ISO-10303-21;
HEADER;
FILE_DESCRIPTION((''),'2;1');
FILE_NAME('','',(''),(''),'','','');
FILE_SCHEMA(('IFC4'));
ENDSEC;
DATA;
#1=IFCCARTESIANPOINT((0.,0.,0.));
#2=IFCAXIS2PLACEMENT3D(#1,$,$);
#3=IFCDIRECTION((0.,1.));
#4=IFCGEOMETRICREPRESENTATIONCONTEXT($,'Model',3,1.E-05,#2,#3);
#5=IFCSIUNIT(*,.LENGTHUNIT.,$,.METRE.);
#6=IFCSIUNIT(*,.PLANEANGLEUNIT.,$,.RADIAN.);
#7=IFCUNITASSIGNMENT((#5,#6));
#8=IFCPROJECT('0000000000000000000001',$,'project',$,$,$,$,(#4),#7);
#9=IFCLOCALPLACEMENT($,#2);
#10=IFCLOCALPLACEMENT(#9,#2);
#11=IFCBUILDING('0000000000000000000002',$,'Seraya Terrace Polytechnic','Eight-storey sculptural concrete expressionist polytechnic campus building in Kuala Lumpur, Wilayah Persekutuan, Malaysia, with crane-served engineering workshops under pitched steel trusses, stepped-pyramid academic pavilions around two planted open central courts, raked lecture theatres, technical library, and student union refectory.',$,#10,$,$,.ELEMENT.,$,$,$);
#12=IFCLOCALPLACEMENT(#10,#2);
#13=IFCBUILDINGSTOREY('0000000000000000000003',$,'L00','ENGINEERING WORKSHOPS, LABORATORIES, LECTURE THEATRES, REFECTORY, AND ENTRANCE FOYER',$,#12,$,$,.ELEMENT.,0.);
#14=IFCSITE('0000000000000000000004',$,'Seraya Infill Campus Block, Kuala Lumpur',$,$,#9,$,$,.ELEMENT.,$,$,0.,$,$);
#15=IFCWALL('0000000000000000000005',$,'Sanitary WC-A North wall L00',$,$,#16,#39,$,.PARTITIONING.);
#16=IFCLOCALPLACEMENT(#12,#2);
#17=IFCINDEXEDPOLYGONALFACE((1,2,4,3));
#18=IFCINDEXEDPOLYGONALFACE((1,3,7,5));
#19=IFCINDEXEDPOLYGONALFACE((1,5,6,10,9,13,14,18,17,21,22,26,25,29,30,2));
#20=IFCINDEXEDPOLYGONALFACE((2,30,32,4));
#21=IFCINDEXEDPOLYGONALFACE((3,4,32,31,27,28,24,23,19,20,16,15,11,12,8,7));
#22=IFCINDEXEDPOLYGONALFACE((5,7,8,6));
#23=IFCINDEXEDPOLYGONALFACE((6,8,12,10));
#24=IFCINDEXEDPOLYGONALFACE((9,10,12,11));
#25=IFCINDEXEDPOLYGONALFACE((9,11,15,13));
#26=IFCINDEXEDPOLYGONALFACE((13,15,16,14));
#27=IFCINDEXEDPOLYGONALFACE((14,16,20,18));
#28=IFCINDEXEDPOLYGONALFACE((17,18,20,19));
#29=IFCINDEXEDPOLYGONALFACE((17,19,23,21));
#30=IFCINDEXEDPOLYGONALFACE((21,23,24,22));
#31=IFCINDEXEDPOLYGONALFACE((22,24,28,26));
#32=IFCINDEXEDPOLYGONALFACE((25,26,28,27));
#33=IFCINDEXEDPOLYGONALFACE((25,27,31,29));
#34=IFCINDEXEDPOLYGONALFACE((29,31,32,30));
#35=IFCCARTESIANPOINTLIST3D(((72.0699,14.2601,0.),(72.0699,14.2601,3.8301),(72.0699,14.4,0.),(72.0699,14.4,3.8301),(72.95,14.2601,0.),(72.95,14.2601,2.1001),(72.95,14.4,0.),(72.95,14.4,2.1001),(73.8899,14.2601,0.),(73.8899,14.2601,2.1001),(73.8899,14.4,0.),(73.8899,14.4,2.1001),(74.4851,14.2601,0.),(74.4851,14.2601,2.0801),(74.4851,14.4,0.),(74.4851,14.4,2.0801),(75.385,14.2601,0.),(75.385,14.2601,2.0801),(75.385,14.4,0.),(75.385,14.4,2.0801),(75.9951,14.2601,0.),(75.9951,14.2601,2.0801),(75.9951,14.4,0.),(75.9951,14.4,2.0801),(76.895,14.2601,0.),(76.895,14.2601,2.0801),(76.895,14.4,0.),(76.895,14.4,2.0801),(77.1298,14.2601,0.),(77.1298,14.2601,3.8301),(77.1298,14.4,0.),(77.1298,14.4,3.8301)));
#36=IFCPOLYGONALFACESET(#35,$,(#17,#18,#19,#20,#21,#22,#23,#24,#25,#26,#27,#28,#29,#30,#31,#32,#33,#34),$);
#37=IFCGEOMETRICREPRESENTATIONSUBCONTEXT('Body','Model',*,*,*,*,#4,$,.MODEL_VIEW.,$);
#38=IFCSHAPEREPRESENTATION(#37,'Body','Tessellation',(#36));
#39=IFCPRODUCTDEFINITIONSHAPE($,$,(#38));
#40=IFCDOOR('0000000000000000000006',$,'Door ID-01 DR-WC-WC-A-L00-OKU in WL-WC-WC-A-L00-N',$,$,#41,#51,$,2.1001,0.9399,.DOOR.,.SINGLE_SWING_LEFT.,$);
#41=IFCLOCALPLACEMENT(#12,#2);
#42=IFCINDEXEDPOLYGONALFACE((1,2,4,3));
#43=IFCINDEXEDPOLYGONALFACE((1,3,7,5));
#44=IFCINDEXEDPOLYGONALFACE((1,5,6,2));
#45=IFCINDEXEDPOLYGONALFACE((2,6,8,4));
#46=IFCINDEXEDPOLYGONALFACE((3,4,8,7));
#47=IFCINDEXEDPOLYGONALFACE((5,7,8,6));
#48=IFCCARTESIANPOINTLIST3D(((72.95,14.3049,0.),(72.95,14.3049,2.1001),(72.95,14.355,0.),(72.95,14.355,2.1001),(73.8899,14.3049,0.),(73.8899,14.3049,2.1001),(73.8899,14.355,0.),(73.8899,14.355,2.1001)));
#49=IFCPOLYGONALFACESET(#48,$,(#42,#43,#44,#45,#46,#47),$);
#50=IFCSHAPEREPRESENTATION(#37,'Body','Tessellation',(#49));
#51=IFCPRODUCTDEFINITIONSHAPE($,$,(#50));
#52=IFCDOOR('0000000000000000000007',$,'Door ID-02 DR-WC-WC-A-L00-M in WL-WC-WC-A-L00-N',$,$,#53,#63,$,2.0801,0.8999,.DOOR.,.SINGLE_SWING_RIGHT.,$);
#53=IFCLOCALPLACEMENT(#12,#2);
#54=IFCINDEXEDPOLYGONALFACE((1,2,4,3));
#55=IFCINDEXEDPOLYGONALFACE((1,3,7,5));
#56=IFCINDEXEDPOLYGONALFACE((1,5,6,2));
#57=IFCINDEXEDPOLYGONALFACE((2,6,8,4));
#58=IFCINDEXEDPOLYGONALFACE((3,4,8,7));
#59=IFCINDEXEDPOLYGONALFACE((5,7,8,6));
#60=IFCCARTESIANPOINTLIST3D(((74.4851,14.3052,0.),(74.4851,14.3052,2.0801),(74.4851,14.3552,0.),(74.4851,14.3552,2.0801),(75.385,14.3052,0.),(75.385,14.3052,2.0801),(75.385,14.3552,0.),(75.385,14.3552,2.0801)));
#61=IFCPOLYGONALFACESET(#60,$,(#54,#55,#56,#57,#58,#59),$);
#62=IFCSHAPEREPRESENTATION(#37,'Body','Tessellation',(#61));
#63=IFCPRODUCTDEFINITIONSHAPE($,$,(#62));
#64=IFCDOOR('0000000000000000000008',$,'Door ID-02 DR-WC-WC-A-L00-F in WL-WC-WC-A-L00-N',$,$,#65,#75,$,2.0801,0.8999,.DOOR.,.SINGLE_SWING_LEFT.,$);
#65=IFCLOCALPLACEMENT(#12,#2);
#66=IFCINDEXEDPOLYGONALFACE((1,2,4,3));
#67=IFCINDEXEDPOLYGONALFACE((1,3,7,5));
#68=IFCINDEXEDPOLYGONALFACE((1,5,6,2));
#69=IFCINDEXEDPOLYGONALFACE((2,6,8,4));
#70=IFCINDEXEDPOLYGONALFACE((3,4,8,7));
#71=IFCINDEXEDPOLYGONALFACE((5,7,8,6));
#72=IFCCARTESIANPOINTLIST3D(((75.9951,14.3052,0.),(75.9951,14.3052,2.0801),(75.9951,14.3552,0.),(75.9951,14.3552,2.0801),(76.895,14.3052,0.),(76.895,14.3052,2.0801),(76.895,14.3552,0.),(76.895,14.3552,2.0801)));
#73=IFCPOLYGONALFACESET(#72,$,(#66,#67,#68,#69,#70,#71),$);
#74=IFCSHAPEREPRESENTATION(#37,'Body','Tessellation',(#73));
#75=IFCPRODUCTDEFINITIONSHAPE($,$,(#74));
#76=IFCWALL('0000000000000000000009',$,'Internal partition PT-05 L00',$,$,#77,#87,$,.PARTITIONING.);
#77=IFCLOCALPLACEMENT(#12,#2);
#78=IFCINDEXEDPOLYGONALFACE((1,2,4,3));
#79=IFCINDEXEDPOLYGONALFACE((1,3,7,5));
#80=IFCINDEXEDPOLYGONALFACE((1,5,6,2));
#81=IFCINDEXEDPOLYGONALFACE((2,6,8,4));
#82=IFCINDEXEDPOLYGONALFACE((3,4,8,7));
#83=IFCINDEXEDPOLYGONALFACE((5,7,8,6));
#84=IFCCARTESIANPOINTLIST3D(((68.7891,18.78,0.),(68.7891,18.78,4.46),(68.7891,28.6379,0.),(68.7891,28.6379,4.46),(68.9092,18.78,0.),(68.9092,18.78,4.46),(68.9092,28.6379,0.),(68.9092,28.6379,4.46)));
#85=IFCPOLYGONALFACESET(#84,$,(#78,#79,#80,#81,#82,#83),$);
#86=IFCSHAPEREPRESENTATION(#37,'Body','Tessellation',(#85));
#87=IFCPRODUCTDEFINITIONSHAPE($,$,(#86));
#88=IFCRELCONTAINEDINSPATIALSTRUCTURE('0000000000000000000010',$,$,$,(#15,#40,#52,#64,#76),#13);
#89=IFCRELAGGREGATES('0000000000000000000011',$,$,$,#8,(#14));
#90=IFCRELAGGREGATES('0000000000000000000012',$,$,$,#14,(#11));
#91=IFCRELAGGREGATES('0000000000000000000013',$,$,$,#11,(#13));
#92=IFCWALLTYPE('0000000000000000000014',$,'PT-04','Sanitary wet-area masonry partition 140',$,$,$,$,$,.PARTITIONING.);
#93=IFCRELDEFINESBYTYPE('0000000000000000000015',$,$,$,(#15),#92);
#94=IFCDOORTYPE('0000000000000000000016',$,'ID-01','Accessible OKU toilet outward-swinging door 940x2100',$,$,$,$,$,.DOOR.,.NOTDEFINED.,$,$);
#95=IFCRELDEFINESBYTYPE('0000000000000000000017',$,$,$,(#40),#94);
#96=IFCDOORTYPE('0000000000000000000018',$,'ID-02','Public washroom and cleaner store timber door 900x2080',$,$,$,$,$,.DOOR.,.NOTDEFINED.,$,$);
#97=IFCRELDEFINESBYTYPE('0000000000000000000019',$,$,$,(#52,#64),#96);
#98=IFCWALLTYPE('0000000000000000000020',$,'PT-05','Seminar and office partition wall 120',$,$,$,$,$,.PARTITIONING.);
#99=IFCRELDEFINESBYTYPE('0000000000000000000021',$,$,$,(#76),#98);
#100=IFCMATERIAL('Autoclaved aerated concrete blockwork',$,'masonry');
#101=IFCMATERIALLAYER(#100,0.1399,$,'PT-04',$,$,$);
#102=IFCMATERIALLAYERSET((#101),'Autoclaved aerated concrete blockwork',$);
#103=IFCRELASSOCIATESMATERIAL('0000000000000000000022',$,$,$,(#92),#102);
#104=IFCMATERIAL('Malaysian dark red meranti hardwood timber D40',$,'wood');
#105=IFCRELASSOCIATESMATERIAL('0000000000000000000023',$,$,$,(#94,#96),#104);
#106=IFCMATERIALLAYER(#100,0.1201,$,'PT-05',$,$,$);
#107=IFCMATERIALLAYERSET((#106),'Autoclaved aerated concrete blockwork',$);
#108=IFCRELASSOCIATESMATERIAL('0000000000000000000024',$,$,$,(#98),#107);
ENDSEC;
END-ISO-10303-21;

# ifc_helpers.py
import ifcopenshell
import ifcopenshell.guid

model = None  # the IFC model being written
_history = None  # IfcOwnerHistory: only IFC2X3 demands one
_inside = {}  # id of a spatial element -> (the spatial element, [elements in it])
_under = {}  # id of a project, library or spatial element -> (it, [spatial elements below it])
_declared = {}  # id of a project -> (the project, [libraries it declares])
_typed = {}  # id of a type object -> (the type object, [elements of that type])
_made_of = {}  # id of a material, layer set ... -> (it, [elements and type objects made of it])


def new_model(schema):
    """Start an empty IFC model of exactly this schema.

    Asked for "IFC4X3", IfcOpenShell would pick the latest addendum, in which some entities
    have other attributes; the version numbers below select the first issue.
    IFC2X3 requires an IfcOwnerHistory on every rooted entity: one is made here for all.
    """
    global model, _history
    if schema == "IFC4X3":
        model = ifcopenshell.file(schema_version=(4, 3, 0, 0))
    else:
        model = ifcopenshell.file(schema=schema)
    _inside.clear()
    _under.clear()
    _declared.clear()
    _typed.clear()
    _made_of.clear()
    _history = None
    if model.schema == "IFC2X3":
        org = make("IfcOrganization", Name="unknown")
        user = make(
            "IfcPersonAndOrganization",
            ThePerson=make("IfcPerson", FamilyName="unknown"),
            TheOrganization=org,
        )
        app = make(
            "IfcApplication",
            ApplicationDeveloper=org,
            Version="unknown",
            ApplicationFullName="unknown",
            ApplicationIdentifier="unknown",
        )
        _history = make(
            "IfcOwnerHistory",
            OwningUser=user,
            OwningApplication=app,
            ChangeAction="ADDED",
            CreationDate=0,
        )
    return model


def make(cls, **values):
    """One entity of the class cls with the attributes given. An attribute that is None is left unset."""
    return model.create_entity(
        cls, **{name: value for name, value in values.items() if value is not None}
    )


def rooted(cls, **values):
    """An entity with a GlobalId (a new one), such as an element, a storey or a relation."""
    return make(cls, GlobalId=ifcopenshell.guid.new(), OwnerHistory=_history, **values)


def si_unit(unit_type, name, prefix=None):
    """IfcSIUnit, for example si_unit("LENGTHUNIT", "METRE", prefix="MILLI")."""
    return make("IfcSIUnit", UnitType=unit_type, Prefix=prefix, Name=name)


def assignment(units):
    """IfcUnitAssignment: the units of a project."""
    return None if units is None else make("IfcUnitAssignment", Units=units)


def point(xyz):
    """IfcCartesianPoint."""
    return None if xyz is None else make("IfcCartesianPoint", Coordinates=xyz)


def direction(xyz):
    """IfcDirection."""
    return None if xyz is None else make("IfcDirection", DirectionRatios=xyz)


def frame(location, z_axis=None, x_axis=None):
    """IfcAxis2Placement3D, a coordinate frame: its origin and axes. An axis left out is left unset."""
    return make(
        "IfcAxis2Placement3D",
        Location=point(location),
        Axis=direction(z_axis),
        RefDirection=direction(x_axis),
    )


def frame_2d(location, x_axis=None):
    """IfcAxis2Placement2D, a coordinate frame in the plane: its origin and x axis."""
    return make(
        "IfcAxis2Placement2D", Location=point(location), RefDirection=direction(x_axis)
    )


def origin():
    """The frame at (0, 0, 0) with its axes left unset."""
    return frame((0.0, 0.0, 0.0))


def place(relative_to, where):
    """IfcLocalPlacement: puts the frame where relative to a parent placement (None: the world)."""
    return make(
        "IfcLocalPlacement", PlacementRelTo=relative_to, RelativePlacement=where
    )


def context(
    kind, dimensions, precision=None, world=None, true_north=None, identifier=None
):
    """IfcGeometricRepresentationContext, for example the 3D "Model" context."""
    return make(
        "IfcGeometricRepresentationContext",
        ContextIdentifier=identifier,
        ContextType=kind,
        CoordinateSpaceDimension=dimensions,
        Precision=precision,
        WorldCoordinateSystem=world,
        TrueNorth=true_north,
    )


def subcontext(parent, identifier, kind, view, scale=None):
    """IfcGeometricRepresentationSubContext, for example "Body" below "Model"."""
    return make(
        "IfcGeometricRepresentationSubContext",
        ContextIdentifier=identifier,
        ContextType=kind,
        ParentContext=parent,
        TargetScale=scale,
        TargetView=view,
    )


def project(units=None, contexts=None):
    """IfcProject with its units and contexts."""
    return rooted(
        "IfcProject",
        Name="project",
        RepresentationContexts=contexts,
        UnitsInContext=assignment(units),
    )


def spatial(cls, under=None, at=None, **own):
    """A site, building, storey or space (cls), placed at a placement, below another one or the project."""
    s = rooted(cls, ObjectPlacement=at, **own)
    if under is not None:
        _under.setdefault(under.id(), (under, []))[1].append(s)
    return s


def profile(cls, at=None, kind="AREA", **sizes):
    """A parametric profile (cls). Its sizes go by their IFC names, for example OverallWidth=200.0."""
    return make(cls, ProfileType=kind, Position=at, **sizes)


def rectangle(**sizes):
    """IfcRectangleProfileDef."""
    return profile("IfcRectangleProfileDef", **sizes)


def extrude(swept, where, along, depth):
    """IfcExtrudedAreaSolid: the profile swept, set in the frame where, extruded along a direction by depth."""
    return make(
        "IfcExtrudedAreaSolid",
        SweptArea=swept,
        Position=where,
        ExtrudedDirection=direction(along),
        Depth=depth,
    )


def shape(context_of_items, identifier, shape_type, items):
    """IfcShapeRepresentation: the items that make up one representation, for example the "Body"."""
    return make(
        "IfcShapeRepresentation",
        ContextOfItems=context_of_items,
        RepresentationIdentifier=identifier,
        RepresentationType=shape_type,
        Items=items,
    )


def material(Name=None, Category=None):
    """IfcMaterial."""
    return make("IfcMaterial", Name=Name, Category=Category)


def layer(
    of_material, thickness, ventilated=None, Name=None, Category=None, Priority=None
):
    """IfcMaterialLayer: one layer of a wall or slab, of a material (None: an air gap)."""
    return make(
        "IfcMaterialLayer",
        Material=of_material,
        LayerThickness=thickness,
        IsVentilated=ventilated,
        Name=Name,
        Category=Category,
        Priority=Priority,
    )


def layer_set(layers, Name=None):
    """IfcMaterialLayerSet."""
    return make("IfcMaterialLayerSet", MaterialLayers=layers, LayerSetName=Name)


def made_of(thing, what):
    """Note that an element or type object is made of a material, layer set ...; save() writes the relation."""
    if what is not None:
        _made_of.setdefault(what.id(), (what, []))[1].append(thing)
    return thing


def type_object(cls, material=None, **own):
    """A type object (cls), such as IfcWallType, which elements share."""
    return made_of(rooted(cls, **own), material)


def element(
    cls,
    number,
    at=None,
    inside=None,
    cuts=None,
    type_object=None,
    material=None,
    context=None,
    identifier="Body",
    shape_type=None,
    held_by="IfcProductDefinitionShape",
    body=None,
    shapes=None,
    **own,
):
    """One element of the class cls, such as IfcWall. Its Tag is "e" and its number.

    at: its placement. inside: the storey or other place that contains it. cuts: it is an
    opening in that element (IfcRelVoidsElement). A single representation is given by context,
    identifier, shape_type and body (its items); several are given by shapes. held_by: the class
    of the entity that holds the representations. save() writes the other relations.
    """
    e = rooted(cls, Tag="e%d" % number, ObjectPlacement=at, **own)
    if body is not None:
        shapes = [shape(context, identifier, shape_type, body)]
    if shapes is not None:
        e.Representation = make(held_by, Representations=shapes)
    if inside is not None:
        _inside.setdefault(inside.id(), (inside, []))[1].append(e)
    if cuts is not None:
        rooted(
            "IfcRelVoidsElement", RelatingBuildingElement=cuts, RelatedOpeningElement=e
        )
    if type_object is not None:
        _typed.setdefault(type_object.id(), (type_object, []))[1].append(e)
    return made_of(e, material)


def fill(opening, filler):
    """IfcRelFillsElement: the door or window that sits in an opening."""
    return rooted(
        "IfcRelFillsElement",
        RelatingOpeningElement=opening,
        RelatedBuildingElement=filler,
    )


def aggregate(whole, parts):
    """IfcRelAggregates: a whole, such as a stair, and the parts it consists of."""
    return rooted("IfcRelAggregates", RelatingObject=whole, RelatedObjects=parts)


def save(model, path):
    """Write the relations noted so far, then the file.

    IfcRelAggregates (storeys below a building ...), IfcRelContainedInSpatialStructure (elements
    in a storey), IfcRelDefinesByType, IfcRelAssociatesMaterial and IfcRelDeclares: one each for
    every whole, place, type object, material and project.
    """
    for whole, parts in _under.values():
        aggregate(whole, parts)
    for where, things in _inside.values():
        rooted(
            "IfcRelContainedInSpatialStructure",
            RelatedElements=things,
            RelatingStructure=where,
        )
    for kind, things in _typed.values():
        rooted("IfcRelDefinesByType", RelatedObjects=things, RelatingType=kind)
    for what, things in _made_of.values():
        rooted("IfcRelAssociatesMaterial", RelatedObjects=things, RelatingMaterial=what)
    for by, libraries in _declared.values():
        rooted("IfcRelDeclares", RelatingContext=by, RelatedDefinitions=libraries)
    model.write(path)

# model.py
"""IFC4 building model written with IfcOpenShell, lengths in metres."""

from ifc_helpers import new_model, si_unit, direction, frame, frame_2d, origin, place, context, subcontext, project, spatial, rectangle, extrude, material, layer, layer_set, type_object, element, fill, save


model = new_model("IFC4")

# Units and contexts
model_context = context("Model", 3, precision=1e-05, world=origin(), true_north=direction((0.0, 1.0)))
body_context = subcontext(model_context, "Body", "Model", "MODEL_VIEW")
ifc_project = project(units=[si_unit("LENGTHUNIT", "METRE"), si_unit("PLANEANGLEUNIT", "RADIAN")], contexts=[model_context])

# Site, building, storey
site_placement = place(None, origin())
site = spatial("IfcSite", under=ifc_project, at=site_placement, Name="Seraya Infill Campus Block, Kuala Lumpur", CompositionType="ELEMENT", RefElevation=0.0)
building_placement = place(site_placement, origin())
building = spatial("IfcBuilding", under=site, at=building_placement, Name="Seraya Terrace Polytechnic", Description="Eight-storey sculptural concrete expressionist polytechnic campus building in Kuala Lumpur, Wilayah Persekutuan, Malaysia, with crane-served engineering workshops under pitched steel trusses, stepped-pyramid academic pavilions around two planted open central courts, raked lecture theatres, technical library, and student union refectory.", CompositionType="ELEMENT")
storey_placement = place(building_placement, origin())
storey = spatial("IfcBuildingStorey", under=building, at=storey_placement, Name="L00", Description="ENGINEERING WORKSHOPS, LABORATORIES, LECTURE THEATRES, REFECTORY, AND ENTRANCE FOYER", CompositionType="ELEMENT", Elevation=0.0)

# Wall, openings, doors
ifc_material_1 = material(Name="Autoclaved aerated concrete blockwork", Category="masonry")
ifc_layer_1 = layer(ifc_material_1, 0.1399, Name="PT-04")
ifc_layer_set_1 = layer_set([ifc_layer_1], Name="Autoclaved aerated concrete blockwork")
wall_type_1 = type_object("IfcWallType", Name="PT-04", Description="Sanitary wet-area masonry partition 140", PredefinedType="PARTITIONING", material=ifc_layer_set_1)
wall_1_placement = place(storey_placement, frame((72.0701, 14.3301, 0.0), z_axis=(0.0, 0.0, 1.0), x_axis=(1.0, 0.0, 0.0)))
wall_1 = element("IfcWall", 1, at=wall_1_placement, inside=storey, type_object=wall_type_1, Name="Sanitary WC-A North wall L00", PredefinedType="PARTITIONING", context=body_context, shape_type="SweptSolid", body=[
    extrude(rectangle(XDim=5.0598, YDim=0.1399, at=frame_2d((2.5298, 0.0))), origin(), (0.0, 0.0, 1.0), 3.8301),
])
opening_1_placement = place(wall_1_placement, frame((0.8799, 0.0, 0.0)))
opening_1 = element("IfcOpeningElement", 2, at=opening_1_placement, cuts=wall_1, PredefinedType="OPENING", context=body_context, shape_type="SweptSolid", body=[
    extrude(rectangle(XDim=0.9399, YDim=2.1001, at=frame_2d((0.47, 1.05))), frame((0.0, 0.082, 0.0), z_axis=(0.0, -1.0, 0.0), x_axis=(1.0, 0.0, 0.0)), (0.0, 0.0, 1.0), 0.1638),
])
opening_2_placement = place(wall_1_placement, frame((2.415, 0.0, 0.0)))
opening_2 = element("IfcOpeningElement", 3, at=opening_2_placement, cuts=wall_1, PredefinedType="OPENING", context=body_context, shape_type="SweptSolid", body=[
    extrude(rectangle(XDim=0.8999, YDim=2.0801, at=frame_2d((0.45, 1.04))), frame((0.0, 0.082, 0.0), z_axis=(0.0, -1.0, 0.0), x_axis=(1.0, 0.0, 0.0)), (0.0, 0.0, 1.0), 0.1638),
])
opening_3_placement = place(wall_1_placement, frame((3.925, 0.0, 0.0)))
opening_3 = element("IfcOpeningElement", 4, at=opening_3_placement, cuts=wall_1, PredefinedType="OPENING", context=body_context, shape_type="SweptSolid", body=[
    extrude(rectangle(XDim=0.8999, YDim=2.0801, at=frame_2d((0.45, 1.04))), frame((0.0, 0.082, 0.0), z_axis=(0.0, -1.0, 0.0), x_axis=(1.0, 0.0, 0.0)), (0.0, 0.0, 1.0), 0.1638),
])
ifc_material_2 = material(Name="Malaysian dark red meranti hardwood timber D40", Category="wood")
door_type_1 = type_object("IfcDoorType", Name="ID-01", Description="Accessible OKU toilet outward-swinging door 940x2100", OperationType="NOTDEFINED", PredefinedType="DOOR", material=ifc_material_2)
door_1_placement = place(opening_1_placement, origin())
door_1 = element("IfcDoor", 5, at=door_1_placement, inside=storey, type_object=door_type_1, Name="Door ID-01 DR-WC-WC-A-L00-OKU in WL-WC-WC-A-L00-N", OperationType="SINGLE_SWING_LEFT", OverallHeight=2.1001, OverallWidth=0.9399, PredefinedType="DOOR", context=body_context, shape_type="SweptSolid", body=[
    extrude(rectangle(XDim=0.9399, YDim=2.1001, at=frame_2d((0.47, 1.05))), frame((0.0, 0.0249, 0.0), z_axis=(0.0, -1.0, 0.0), x_axis=(1.0, 0.0, 0.0)), (0.0, 0.0, 1.0), 0.05),
])
fill(opening_1, door_1)
door_type_2 = type_object("IfcDoorType", Name="ID-02", Description="Public washroom and cleaner store timber door 900x2080", OperationType="NOTDEFINED", PredefinedType="DOOR", material=ifc_material_2)
door_2_placement = place(opening_2_placement, frame((0.8999, 0.0, 0.0), z_axis=(0.0, 0.0, 1.0), x_axis=(-1.0, 0.0, 0.0)))
door_2 = element("IfcDoor", 6, at=door_2_placement, inside=storey, type_object=door_type_2, Name="Door ID-02 DR-WC-WC-A-L00-M in WL-WC-WC-A-L00-N", OperationType="SINGLE_SWING_RIGHT", OverallHeight=2.0801, OverallWidth=0.8999, PredefinedType="DOOR", context=body_context, shape_type="SweptSolid", body=[
    extrude(rectangle(XDim=0.8999, YDim=2.0801, at=frame_2d((0.45, 1.04))), frame((0.0, 0.0249, 0.0), z_axis=(0.0, -1.0, 0.0), x_axis=(1.0, 0.0, 0.0)), (0.0, 0.0, 1.0), 0.05),
])
fill(opening_2, door_2)
door_3_placement = place(opening_3_placement, frame((0.8999, 0.0, 0.0), z_axis=(0.0, 0.0, 1.0), x_axis=(-1.0, 0.0, 0.0)))
door_3 = element("IfcDoor", 7, at=door_3_placement, inside=storey, type_object=door_type_2, Name="Door ID-02 DR-WC-WC-A-L00-F in WL-WC-WC-A-L00-N", OperationType="SINGLE_SWING_LEFT", OverallHeight=2.0801, OverallWidth=0.8999, PredefinedType="DOOR", context=body_context, shape_type="SweptSolid", body=[
    extrude(rectangle(XDim=0.8999, YDim=2.0801, at=frame_2d((0.45, 1.04))), frame((0.0, 0.0249, 0.0), z_axis=(0.0, -1.0, 0.0), x_axis=(1.0, 0.0, 0.0)), (0.0, 0.0, 1.0), 0.05),
])
fill(opening_3, door_3)

# Wall
ifc_layer_2 = layer(ifc_material_1, 0.1201, Name="PT-05")
ifc_layer_set_2 = layer_set([ifc_layer_2], Name="Autoclaved aerated concrete blockwork")
wall_type_2 = type_object("IfcWallType", Name="PT-05", Description="Seminar and office partition wall 120", PredefinedType="PARTITIONING", material=ifc_layer_set_2)
wall_2_placement = place(storey_placement, frame((68.8491, 18.78, 0.0), z_axis=(0.0, 0.0, 1.0), x_axis=(0.0, 1.0, 0.0)))
element("IfcWall", 8, at=wall_2_placement, inside=storey, type_object=wall_type_2, Name="Internal partition PT-05 L00", PredefinedType="PARTITIONING", context=body_context, shape_type="SweptSolid", body=[
    extrude(rectangle(XDim=9.8579, YDim=0.1201, at=frame_2d((4.929, 0.0))), origin(), (0.0, 0.0, 1.0), 4.46),
])

save(model, "model.ifc")
